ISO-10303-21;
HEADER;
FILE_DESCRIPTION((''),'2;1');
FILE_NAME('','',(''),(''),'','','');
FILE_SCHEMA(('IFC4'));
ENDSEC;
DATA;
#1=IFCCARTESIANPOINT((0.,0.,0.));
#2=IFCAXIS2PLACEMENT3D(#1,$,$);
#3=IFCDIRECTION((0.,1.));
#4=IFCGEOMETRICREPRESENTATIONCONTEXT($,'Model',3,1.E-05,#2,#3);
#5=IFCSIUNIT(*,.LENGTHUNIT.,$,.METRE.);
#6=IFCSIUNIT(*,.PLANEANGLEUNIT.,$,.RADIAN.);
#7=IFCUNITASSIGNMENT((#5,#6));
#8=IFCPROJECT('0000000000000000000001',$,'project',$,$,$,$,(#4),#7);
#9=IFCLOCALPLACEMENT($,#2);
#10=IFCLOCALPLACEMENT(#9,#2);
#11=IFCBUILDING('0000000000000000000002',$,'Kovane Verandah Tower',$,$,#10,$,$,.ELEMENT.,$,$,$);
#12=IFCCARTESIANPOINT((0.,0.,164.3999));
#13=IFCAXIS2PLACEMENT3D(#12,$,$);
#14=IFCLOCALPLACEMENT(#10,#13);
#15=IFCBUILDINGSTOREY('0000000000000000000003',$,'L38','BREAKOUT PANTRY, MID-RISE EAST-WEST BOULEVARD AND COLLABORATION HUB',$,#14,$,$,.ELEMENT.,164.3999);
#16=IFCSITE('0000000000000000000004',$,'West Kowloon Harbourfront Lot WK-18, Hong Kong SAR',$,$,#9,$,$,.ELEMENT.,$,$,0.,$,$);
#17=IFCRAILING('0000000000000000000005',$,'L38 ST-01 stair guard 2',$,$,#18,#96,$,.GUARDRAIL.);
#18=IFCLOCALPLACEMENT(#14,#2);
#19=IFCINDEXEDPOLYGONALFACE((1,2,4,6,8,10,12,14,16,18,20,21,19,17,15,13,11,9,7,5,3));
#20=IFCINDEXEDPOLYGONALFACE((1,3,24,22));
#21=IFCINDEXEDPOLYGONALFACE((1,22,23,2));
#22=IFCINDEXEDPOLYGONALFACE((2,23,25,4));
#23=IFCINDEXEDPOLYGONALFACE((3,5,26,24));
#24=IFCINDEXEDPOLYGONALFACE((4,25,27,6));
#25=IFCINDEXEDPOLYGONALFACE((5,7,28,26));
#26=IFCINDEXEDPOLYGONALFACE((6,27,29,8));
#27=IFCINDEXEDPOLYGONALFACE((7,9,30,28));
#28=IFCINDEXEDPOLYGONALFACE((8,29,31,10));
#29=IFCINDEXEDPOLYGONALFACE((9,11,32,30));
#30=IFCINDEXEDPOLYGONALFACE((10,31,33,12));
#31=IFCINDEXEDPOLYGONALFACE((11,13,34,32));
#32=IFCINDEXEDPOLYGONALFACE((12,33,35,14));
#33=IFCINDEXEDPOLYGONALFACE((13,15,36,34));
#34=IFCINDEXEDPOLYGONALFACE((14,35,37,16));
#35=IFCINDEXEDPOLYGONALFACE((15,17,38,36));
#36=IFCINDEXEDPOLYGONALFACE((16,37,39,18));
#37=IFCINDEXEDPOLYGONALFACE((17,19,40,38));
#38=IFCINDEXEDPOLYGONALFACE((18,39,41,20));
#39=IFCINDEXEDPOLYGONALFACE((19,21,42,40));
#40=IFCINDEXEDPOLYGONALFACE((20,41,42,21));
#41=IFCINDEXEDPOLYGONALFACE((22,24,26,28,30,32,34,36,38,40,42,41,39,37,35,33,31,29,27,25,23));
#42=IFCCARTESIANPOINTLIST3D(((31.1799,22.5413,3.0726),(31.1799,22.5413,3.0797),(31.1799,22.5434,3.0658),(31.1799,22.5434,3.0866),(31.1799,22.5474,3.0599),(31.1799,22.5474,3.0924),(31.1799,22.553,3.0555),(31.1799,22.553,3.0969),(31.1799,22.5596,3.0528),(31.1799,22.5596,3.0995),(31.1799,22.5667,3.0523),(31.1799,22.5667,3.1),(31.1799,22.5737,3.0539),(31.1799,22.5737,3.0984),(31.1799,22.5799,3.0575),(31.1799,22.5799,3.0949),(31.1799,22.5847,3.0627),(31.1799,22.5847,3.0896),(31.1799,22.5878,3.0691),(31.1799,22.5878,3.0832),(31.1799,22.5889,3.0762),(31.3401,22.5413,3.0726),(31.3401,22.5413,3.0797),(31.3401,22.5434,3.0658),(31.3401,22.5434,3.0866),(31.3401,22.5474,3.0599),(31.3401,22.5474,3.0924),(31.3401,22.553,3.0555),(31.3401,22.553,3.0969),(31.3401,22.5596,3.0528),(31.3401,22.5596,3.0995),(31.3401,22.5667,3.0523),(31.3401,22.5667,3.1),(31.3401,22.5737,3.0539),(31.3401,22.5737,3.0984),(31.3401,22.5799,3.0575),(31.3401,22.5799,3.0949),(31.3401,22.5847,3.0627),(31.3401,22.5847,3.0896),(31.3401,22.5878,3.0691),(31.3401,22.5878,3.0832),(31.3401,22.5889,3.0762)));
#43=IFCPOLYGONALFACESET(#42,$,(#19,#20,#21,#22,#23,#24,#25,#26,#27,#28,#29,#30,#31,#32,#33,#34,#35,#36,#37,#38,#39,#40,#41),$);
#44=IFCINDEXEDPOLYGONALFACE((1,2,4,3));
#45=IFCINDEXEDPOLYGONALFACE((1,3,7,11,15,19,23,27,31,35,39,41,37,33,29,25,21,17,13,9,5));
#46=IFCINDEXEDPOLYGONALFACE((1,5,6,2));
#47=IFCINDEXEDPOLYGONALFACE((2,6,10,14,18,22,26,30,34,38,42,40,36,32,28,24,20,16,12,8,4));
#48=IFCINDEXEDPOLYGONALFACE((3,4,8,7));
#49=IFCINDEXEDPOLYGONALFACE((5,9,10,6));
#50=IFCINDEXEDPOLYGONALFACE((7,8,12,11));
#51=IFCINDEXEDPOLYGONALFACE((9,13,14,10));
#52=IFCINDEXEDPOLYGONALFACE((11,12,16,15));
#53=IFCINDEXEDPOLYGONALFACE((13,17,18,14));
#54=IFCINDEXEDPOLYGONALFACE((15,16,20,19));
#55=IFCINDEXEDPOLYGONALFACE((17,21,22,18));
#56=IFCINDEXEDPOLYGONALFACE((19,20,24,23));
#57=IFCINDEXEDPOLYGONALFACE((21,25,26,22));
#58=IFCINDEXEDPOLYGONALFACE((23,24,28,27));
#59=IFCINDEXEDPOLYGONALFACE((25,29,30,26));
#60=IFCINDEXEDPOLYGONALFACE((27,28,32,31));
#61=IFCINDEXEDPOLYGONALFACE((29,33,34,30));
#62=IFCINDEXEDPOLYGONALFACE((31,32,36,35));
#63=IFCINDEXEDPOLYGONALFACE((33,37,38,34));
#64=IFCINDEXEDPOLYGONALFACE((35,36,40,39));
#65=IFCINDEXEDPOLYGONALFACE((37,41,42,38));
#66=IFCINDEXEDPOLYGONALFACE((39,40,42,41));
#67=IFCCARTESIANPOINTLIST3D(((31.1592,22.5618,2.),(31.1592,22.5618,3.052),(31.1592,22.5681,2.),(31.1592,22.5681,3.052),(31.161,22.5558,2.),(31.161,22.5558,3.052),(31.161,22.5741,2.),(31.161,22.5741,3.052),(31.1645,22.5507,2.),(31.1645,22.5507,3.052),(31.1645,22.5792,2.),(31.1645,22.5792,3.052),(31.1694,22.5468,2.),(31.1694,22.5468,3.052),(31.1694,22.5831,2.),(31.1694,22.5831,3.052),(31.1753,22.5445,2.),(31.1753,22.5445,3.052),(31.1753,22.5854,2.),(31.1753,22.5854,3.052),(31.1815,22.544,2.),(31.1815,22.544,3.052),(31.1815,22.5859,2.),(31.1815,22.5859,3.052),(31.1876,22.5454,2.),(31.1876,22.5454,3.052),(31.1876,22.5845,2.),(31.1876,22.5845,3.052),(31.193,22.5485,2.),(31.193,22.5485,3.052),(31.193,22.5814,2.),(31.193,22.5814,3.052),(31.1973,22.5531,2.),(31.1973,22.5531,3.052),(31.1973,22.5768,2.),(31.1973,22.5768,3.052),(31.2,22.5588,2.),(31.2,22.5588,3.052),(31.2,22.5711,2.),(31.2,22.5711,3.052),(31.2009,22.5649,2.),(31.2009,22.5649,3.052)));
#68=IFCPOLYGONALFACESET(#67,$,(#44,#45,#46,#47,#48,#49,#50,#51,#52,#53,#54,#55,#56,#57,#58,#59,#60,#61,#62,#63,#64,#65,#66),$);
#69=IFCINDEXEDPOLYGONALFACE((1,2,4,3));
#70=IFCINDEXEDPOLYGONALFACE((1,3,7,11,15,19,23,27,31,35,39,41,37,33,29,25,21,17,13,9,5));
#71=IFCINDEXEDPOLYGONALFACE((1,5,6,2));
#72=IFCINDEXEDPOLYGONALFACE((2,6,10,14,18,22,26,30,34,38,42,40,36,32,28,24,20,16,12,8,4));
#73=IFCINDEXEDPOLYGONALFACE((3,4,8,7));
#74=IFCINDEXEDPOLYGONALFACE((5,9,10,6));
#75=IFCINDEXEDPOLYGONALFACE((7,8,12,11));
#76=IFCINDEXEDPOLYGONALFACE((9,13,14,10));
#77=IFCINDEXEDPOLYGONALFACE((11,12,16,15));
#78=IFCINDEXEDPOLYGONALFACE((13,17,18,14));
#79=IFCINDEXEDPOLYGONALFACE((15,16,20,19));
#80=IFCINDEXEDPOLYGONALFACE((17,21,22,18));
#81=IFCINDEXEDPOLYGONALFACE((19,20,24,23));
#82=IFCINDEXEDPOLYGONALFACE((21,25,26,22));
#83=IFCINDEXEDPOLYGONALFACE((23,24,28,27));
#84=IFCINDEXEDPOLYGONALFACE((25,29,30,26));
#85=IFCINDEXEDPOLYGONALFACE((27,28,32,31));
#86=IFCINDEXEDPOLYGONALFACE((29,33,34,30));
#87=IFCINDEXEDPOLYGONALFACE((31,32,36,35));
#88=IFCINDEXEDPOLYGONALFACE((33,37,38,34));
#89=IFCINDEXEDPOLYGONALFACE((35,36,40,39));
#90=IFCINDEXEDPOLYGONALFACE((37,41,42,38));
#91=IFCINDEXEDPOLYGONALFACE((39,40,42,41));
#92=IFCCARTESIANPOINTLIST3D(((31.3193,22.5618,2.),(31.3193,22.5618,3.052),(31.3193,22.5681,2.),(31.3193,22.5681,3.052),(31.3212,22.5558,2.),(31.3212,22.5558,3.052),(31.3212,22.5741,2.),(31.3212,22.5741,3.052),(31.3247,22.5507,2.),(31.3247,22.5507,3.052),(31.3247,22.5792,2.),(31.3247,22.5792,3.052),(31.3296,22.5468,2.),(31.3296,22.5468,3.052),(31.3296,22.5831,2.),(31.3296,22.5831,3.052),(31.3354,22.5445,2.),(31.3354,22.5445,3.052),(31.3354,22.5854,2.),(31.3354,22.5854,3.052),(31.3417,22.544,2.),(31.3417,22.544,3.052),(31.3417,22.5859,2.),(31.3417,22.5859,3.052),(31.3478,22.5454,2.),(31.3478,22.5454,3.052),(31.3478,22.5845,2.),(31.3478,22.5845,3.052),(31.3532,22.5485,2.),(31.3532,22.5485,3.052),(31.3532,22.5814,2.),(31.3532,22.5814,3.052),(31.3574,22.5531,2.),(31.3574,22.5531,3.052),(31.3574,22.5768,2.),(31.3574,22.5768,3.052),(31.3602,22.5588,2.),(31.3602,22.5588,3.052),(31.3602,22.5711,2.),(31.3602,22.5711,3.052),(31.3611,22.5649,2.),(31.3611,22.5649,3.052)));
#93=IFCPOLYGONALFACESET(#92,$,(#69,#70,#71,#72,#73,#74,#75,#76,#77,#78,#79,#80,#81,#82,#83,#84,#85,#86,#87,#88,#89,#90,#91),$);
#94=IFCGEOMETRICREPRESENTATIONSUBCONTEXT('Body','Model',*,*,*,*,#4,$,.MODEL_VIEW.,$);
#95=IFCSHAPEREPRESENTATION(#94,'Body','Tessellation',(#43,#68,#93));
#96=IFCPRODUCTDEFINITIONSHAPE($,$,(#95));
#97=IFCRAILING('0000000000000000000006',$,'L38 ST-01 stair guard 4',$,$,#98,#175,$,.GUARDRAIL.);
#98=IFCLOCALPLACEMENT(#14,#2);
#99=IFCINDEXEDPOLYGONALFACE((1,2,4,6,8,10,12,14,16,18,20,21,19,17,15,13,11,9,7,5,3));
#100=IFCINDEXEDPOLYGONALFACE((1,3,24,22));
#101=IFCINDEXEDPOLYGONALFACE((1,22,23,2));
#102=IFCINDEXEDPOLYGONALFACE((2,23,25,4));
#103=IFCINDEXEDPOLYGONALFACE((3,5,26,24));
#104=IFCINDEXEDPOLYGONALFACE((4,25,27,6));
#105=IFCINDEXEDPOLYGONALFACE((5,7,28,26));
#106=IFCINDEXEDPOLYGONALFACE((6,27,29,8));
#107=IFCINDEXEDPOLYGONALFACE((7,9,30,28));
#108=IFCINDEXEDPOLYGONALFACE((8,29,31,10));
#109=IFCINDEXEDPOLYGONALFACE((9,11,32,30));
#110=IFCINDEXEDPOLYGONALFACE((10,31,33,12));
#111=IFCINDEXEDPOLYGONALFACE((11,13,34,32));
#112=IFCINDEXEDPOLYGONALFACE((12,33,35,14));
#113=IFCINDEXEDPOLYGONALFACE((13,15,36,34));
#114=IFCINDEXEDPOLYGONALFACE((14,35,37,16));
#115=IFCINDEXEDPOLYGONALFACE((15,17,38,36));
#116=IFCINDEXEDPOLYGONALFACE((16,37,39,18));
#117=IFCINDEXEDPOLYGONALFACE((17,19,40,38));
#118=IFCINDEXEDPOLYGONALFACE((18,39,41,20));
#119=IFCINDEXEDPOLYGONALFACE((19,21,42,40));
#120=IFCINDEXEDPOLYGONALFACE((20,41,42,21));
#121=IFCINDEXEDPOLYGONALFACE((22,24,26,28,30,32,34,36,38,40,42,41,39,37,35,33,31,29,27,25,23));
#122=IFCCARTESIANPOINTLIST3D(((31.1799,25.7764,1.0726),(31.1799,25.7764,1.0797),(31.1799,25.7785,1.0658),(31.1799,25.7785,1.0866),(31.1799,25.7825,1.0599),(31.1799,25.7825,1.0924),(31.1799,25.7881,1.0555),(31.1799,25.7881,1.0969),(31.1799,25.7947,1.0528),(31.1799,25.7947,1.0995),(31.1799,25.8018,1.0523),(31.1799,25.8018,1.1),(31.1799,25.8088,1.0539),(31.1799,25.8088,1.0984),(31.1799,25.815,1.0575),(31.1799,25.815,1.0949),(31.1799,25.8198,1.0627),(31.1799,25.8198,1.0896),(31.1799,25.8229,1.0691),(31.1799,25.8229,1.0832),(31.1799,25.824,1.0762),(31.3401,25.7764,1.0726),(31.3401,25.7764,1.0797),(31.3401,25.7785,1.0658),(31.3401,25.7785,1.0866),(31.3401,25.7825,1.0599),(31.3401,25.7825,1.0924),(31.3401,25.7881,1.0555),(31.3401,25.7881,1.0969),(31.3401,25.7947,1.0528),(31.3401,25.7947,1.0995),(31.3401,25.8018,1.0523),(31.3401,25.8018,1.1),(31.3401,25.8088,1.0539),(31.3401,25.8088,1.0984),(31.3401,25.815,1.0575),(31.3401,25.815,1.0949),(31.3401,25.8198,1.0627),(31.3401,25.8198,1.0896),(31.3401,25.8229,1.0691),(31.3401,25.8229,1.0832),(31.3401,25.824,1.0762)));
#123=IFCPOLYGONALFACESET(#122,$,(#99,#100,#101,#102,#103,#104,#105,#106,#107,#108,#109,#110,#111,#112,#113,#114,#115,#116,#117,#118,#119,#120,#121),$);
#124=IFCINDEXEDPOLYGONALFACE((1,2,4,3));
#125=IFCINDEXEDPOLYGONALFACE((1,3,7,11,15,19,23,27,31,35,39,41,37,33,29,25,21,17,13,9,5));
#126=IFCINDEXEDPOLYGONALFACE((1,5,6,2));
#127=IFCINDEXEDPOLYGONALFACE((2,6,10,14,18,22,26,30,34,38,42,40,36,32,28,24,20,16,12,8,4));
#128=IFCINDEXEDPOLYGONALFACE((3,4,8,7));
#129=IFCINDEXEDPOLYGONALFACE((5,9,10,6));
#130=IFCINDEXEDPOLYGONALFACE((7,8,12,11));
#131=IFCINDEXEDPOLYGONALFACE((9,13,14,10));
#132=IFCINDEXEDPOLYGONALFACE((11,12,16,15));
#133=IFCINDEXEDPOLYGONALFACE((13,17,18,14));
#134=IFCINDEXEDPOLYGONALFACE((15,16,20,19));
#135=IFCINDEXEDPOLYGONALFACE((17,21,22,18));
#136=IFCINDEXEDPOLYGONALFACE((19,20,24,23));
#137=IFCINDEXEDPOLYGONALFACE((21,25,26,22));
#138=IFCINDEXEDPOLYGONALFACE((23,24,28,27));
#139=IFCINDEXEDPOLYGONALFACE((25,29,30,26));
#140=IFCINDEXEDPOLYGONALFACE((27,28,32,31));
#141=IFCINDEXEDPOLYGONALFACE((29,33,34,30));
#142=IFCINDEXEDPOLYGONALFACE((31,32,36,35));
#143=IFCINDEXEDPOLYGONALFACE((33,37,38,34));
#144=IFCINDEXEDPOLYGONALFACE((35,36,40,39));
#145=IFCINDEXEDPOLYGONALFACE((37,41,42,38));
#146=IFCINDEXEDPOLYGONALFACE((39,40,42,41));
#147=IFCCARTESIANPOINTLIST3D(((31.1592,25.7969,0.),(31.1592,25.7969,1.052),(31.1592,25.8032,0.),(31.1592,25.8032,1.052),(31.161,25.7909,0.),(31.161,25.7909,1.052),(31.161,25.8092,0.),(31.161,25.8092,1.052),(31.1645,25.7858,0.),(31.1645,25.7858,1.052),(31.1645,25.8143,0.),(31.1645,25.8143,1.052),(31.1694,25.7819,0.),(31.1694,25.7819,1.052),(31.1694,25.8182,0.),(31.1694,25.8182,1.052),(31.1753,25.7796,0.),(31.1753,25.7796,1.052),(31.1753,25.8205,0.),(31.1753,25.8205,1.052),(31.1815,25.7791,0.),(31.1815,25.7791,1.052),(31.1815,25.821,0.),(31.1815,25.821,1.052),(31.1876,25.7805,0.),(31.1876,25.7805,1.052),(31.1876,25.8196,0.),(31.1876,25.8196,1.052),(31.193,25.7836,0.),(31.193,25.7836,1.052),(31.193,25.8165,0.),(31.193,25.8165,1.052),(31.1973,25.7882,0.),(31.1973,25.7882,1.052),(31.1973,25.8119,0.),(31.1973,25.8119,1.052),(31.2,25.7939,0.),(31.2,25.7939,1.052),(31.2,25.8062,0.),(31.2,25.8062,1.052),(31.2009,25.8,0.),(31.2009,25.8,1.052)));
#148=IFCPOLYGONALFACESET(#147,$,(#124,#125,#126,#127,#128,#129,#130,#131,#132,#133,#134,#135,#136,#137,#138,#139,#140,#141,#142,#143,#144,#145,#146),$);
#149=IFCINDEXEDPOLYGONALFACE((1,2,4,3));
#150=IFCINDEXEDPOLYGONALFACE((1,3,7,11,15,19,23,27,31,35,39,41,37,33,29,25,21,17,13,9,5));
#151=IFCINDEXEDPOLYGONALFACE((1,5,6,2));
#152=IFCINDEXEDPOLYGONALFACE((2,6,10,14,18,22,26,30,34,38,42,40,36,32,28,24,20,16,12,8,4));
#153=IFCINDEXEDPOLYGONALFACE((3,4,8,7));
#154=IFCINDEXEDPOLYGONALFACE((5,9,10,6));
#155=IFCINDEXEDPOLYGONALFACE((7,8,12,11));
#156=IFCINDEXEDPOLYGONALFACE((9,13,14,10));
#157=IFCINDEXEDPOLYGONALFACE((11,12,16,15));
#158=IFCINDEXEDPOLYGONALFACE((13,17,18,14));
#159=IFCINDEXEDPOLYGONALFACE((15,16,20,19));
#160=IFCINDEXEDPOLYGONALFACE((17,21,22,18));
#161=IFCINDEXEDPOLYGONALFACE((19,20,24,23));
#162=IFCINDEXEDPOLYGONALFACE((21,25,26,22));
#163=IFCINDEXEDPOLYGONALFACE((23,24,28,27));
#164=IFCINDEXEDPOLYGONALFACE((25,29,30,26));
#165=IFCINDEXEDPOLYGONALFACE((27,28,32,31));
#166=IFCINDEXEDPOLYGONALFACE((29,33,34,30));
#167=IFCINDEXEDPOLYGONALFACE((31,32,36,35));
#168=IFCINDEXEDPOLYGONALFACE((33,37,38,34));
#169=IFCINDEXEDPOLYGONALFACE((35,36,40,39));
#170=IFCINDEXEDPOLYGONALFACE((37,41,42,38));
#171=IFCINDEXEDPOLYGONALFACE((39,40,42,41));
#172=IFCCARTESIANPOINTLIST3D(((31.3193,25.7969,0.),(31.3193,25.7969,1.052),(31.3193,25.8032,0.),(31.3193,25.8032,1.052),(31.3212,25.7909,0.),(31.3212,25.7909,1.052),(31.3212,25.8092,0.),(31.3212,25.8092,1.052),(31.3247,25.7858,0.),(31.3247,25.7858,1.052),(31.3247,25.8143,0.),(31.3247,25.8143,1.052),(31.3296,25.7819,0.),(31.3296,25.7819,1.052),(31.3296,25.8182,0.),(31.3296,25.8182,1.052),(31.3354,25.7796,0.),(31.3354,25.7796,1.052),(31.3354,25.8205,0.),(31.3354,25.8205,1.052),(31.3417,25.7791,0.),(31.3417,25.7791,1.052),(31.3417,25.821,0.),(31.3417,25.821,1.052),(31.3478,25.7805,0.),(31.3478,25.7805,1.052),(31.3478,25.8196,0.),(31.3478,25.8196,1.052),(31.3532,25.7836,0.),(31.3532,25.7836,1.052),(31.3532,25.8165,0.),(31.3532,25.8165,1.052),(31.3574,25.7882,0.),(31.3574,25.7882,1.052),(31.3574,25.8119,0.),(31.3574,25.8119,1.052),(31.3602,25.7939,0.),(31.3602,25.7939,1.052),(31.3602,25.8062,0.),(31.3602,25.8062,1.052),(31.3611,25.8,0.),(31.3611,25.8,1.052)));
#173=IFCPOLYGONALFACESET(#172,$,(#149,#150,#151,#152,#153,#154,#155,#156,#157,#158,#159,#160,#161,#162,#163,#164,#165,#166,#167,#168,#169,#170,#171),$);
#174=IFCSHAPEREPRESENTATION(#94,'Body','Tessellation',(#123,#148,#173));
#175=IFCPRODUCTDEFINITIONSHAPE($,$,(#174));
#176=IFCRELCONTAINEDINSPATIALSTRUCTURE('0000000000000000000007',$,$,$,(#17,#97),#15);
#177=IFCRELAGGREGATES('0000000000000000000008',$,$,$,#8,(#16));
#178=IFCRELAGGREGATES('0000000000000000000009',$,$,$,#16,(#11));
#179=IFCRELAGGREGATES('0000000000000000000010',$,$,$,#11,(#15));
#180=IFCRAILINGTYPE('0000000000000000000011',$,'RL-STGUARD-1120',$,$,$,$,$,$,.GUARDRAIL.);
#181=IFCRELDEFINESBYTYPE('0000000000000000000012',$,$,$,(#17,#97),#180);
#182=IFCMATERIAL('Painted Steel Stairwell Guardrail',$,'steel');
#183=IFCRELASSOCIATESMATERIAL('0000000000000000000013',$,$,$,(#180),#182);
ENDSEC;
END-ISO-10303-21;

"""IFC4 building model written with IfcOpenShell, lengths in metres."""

from ifc_helpers import new_model, si_unit, direction, frame, origin, origin_2d, place, context, subcontext, project, spatial, circle, extrude, material, type_object, element, save


model = new_model("IFC4")

# Units and contexts
model_context = context("Model", 3, precision=1e-05, world=origin(), true_north=direction((0.0, 1.0)))
body_context = subcontext(model_context, "Body", "Model", "MODEL_VIEW")
ifc_project = project(units=[si_unit("LENGTHUNIT", "METRE"), si_unit("PLANEANGLEUNIT", "RADIAN")], contexts=[model_context])

# Site, building, storey
site_placement = place(None, origin())
site = spatial("IfcSite", under=ifc_project, at=site_placement, Name="West Kowloon Harbourfront Lot WK-18, Hong Kong SAR", CompositionType="ELEMENT", RefElevation=0.0)
building_placement = place(site_placement, origin())
building = spatial("IfcBuilding", under=site, at=building_placement, Name="Kovane Verandah Tower", CompositionType="ELEMENT")
storey_placement = place(building_placement, frame((0.0, 0.0, 164.3999)))
storey = spatial("IfcBuildingStorey", under=building, at=storey_placement, Name="L38", Description="BREAKOUT PANTRY, MID-RISE EAST-WEST BOULEVARD AND COLLABORATION HUB", CompositionType="ELEMENT", Elevation=164.3999)

# Railings
ifc_material_1 = material(Name="Painted Steel Stairwell Guardrail", Category="steel")
railing_type_1 = type_object("IfcRailingType", Name="RL-STGUARD-1120", PredefinedType="GUARDRAIL", material=ifc_material_1)
for number, where, name in (
    (1, (31.1799, 22.5649, 2.0), "L38 ST-01 stair guard 2"),
    (2, (31.1799, 25.8, 0.0), "L38 ST-01 stair guard 4"),
):
    element("IfcRailing", number, at=place(storey_placement, frame(where)), inside=storey, type_object=railing_type_1, Name=name, PredefinedType="GUARDRAIL", context=body_context, shape_type="SweptSolid", body=[
        extrude(circle(Radius=0.0239, at=origin_2d()), frame((0.0, 0.0, 1.0762), z_axis=(1.0, 0.0, 0.0), x_axis=(0.0, 1.0, 0.0)), (0.0, 0.0, 1.0), 0.1602),
        extrude(circle(Radius=0.021, at=origin_2d()), origin(), (0.0, 0.0, 1.0), 1.052),
        extrude(circle(Radius=0.021, at=origin_2d()), frame((0.1602, 0.0, 0.0)), (0.0, 0.0, 1.0), 1.052),
    ])

save(model, "model.ifc")
